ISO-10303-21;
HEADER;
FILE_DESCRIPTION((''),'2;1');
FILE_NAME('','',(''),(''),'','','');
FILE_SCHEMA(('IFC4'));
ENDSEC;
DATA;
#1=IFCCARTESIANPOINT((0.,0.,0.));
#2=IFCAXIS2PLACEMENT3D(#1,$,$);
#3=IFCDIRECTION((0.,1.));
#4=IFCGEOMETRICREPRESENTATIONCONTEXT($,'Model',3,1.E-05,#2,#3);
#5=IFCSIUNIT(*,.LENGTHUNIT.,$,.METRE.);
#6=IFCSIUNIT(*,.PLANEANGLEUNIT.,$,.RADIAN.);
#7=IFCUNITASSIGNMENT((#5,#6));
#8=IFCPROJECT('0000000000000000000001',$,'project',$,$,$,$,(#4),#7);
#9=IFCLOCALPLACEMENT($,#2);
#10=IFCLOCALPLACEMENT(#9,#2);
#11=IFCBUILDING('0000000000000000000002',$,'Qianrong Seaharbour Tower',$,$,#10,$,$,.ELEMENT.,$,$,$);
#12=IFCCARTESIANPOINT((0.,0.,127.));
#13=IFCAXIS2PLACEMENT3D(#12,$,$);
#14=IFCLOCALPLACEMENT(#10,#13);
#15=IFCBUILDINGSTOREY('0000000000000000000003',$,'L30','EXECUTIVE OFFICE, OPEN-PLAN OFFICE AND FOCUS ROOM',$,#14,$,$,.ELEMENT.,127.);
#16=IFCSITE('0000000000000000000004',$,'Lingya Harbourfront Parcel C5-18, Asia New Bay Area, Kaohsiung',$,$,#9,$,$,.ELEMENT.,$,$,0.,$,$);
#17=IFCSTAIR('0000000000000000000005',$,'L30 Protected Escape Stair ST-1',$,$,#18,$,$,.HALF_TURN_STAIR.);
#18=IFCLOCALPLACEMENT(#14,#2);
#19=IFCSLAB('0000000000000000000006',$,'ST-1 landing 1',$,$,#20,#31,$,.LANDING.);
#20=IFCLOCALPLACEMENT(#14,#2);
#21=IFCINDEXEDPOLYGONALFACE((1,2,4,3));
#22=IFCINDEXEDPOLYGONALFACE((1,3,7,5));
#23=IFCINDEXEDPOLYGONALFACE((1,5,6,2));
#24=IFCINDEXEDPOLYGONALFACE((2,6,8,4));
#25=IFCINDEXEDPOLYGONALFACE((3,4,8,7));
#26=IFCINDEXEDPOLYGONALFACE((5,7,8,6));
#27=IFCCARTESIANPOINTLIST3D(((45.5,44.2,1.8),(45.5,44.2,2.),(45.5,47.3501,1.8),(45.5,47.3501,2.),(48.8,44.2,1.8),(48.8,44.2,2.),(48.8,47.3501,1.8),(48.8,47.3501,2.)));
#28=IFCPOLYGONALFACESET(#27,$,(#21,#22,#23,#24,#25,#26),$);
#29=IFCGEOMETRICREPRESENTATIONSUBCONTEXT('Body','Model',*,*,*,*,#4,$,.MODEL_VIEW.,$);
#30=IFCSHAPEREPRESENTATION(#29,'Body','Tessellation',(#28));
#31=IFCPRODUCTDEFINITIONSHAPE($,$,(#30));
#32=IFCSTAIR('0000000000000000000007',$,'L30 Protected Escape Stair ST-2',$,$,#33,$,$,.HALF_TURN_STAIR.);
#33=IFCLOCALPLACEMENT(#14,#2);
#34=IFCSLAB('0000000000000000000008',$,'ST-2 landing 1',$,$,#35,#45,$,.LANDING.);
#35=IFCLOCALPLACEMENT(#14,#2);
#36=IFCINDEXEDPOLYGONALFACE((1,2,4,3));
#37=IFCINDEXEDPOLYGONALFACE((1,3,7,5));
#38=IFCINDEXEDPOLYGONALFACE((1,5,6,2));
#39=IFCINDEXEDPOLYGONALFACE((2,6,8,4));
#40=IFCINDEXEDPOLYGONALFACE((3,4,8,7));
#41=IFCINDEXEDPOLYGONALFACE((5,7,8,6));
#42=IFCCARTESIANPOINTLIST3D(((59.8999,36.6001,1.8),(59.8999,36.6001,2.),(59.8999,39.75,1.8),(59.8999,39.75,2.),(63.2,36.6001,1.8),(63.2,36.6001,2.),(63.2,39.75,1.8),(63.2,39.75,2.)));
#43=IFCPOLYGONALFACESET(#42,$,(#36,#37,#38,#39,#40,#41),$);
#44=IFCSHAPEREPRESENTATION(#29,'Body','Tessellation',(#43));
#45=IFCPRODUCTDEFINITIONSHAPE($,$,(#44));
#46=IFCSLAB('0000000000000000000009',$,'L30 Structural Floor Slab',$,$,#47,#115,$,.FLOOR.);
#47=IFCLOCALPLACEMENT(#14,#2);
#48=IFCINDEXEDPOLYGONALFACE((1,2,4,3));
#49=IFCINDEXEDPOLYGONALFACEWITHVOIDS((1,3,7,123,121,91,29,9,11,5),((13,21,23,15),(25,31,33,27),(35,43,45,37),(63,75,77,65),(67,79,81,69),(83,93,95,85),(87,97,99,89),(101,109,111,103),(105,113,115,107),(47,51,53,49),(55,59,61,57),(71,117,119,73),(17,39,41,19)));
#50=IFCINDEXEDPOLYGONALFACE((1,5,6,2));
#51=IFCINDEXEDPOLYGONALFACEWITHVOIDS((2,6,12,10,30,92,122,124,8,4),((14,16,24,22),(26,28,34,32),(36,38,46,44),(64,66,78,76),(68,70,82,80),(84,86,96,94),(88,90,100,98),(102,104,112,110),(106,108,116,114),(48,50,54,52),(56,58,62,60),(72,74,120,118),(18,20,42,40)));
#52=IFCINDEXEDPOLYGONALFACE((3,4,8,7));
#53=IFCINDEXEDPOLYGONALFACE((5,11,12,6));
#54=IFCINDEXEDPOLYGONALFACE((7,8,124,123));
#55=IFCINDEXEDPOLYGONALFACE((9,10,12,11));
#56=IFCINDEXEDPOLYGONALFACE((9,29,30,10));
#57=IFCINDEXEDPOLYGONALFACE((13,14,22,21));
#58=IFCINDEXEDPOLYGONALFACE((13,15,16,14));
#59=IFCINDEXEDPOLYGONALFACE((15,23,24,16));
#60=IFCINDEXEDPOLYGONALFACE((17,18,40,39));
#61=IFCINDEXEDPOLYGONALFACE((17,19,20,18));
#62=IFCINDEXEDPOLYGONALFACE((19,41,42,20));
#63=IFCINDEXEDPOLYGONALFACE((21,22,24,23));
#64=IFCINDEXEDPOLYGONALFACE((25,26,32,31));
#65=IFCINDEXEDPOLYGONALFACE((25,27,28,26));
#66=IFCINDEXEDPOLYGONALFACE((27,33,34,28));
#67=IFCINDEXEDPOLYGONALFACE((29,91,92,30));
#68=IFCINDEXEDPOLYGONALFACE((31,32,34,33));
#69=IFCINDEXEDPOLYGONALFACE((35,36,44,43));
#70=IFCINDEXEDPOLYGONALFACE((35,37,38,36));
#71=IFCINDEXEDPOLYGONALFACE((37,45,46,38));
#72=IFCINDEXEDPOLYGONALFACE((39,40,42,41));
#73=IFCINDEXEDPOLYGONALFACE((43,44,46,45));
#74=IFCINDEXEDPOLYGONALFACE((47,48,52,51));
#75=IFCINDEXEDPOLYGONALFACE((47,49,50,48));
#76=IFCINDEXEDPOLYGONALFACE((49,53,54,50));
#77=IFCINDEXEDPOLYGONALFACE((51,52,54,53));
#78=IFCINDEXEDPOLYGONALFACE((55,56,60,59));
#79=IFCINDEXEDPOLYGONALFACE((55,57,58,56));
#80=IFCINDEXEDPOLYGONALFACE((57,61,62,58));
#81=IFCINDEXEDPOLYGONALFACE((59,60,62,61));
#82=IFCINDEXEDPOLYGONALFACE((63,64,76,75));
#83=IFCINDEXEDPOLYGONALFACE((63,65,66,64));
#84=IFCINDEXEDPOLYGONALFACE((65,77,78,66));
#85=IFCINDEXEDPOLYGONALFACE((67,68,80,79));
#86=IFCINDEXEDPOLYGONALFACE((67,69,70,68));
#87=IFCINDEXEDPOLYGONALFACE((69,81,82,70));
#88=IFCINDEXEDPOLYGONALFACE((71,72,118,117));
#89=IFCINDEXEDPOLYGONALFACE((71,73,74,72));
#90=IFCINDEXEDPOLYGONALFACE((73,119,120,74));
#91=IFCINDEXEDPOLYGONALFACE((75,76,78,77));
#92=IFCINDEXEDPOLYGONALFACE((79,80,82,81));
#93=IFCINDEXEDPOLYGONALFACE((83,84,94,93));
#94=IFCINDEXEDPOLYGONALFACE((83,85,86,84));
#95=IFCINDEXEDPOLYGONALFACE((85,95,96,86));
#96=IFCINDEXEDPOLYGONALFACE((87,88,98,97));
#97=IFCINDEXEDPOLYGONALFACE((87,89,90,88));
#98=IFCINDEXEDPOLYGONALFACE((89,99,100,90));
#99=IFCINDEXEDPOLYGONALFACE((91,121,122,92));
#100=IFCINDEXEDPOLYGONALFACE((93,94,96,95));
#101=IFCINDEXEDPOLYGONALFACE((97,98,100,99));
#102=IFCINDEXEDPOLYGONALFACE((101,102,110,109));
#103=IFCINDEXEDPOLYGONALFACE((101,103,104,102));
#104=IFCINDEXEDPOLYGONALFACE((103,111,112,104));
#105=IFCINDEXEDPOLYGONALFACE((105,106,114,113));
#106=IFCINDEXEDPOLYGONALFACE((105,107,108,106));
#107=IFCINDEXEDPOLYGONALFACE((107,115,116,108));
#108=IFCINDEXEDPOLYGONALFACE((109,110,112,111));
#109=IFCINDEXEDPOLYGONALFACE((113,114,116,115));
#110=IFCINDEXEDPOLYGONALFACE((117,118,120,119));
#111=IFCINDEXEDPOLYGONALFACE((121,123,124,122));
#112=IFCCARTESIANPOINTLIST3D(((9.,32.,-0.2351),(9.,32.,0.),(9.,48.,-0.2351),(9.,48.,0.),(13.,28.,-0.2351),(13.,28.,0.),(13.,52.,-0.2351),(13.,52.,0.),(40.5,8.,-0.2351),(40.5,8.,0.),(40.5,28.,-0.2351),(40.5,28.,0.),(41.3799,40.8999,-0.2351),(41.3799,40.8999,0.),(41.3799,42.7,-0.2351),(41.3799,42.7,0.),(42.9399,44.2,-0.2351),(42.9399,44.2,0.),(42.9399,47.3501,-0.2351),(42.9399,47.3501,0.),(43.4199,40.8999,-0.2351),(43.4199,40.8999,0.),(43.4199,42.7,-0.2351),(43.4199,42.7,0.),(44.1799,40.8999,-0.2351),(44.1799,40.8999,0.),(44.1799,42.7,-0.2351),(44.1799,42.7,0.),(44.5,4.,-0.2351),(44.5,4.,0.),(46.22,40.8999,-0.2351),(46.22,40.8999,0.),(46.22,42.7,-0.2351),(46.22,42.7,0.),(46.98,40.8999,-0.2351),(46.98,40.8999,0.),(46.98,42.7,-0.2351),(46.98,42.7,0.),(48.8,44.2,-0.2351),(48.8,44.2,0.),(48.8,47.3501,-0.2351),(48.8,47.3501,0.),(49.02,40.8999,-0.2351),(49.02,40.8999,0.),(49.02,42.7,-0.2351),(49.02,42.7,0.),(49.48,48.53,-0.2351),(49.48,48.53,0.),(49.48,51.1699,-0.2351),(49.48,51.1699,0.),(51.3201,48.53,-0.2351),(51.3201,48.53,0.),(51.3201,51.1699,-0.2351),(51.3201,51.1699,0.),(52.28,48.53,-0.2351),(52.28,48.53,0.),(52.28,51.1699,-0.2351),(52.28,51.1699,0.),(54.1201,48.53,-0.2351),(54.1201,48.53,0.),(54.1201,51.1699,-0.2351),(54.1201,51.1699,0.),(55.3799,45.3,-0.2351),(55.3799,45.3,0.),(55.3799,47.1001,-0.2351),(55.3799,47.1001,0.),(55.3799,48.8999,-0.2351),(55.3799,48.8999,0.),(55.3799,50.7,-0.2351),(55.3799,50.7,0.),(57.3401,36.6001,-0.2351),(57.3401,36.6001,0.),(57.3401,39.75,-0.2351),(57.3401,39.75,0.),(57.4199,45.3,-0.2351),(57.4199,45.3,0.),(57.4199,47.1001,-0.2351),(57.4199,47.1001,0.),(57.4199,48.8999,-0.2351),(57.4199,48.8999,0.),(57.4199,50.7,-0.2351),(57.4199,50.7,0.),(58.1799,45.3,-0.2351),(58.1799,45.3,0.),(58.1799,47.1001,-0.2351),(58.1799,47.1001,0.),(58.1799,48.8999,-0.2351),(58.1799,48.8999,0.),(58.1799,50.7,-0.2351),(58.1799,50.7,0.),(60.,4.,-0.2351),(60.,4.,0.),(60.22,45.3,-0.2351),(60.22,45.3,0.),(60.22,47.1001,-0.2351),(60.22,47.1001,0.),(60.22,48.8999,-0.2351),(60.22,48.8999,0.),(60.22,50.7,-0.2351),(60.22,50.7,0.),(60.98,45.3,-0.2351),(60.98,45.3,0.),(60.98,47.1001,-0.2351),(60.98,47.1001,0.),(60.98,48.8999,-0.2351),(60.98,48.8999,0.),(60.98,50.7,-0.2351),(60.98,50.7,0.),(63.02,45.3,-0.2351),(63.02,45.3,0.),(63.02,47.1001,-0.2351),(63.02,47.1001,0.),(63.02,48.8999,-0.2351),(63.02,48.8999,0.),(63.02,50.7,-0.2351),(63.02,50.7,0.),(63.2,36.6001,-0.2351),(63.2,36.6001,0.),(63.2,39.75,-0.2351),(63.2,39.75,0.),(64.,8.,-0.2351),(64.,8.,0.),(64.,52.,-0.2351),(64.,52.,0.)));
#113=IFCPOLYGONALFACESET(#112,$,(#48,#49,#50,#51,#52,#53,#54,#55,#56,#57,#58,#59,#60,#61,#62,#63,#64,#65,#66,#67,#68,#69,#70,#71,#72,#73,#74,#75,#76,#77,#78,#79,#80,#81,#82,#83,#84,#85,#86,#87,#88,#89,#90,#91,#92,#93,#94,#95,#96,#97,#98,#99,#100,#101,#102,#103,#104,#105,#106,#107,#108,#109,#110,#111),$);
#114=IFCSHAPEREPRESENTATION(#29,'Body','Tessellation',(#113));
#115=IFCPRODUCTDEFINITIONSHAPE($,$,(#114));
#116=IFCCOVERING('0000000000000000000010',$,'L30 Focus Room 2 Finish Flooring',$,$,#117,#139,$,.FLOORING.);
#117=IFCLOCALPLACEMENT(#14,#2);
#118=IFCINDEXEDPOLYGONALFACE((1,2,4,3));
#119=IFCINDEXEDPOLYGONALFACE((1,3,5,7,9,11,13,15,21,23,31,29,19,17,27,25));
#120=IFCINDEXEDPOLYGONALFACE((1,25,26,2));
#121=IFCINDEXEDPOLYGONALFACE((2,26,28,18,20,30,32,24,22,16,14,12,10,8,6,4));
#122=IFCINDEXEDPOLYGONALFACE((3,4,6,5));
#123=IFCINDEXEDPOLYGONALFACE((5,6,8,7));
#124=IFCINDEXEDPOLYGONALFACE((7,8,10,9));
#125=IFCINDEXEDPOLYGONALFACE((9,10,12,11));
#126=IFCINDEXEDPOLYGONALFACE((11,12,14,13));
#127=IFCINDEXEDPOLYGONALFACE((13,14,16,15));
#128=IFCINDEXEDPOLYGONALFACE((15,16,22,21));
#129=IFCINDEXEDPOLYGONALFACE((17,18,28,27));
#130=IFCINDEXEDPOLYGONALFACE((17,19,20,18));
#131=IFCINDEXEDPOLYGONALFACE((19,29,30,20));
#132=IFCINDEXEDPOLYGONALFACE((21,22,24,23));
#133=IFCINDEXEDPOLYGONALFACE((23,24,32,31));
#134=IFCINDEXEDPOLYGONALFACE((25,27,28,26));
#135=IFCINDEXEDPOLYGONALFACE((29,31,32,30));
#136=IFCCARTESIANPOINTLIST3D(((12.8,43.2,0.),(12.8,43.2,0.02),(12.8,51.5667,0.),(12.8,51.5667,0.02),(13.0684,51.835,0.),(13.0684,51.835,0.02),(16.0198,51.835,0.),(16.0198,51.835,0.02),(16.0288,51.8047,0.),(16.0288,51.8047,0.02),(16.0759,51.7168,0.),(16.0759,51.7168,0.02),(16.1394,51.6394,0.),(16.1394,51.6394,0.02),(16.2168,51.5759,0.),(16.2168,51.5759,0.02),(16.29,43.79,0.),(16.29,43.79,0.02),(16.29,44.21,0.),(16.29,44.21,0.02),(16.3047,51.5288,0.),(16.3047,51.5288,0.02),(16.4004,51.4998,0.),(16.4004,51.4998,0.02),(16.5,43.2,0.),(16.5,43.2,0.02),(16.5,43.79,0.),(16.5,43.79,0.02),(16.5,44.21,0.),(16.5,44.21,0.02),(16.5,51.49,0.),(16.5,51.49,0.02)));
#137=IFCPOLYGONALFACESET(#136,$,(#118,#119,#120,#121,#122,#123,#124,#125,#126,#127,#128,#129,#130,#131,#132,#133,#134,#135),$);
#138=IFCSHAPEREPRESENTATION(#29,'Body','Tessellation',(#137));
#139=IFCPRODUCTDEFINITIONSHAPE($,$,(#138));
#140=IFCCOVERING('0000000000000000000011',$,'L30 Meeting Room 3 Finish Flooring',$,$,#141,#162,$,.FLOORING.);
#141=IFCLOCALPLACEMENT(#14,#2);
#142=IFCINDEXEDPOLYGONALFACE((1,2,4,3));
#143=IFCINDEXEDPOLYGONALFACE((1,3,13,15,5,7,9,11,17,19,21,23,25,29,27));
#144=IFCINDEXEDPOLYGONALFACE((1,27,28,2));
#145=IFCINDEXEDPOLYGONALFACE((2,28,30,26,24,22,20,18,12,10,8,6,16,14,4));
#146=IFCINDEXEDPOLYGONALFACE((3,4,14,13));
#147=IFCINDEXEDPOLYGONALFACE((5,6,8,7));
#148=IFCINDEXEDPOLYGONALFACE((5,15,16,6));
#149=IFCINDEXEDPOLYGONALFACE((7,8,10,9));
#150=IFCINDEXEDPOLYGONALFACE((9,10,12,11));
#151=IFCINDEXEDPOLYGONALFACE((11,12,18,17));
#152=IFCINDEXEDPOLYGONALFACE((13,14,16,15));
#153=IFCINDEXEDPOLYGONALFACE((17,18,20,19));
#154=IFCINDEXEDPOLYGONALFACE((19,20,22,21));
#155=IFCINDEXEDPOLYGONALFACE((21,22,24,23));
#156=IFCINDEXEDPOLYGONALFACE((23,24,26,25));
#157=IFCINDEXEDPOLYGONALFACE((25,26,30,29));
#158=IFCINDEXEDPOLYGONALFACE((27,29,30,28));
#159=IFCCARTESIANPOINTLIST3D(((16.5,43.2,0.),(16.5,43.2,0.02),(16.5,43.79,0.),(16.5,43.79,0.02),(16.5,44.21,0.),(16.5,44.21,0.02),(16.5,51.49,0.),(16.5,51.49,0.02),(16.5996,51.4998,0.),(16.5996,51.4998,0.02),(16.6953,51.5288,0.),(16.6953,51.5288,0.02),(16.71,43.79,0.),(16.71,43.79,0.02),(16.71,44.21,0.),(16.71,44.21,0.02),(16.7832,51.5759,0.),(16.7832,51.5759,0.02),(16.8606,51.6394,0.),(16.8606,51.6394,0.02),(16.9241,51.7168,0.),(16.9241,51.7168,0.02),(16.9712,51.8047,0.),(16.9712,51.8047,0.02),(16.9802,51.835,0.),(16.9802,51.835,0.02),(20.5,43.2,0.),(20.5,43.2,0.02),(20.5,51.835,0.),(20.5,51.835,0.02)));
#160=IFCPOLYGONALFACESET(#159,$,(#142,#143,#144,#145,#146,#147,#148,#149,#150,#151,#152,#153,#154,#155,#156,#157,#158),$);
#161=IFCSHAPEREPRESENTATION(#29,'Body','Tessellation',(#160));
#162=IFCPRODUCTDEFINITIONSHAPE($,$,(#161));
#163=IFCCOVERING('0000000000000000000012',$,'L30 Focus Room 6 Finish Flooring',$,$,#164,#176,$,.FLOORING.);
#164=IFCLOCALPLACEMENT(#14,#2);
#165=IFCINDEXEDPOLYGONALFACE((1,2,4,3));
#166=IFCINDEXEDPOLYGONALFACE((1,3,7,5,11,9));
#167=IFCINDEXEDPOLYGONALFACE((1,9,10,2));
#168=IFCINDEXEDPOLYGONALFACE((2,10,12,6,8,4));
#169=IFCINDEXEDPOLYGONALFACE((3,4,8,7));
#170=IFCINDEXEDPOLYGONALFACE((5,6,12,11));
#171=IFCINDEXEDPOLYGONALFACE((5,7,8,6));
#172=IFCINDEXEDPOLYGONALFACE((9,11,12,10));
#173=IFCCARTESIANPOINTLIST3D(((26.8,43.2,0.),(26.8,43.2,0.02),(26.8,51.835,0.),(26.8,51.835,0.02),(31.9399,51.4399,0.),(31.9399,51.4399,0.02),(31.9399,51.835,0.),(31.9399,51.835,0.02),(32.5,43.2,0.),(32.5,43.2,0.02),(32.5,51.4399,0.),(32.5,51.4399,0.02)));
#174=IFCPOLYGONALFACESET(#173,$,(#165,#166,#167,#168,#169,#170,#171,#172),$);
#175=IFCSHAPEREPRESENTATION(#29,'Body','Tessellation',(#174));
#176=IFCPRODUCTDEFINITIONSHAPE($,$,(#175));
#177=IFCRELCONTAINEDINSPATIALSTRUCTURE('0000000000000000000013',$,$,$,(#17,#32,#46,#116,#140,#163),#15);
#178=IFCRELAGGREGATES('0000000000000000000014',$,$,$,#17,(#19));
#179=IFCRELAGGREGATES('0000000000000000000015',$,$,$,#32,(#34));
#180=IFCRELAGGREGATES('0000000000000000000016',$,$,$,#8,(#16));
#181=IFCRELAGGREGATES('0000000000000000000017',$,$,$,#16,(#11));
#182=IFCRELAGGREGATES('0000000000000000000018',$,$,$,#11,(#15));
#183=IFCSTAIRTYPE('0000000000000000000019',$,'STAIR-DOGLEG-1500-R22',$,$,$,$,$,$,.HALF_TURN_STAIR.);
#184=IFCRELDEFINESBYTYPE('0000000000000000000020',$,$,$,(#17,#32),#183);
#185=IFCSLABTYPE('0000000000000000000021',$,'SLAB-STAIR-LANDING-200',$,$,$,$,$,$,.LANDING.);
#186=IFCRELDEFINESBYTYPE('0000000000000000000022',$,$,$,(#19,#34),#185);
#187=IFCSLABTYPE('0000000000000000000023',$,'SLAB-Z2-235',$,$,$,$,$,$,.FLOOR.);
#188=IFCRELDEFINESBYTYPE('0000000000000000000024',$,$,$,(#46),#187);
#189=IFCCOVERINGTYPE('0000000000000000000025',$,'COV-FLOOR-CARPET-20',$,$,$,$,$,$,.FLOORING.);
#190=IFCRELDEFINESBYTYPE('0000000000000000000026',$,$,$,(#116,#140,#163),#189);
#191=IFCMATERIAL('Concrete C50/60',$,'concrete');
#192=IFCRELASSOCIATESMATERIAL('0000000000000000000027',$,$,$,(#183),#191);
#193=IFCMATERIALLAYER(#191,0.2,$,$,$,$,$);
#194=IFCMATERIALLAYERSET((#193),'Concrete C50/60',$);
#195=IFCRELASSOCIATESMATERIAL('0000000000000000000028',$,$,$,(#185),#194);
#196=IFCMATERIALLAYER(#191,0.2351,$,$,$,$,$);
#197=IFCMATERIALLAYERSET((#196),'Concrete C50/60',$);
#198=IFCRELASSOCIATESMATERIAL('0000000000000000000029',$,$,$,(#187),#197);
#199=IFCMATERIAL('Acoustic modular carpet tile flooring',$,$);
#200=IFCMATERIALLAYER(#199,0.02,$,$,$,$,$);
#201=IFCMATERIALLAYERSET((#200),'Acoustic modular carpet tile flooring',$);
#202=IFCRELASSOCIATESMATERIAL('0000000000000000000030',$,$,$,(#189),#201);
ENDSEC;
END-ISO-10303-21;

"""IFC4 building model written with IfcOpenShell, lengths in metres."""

from ifc_helpers import new_model, si_unit, direction, frame, origin, place, context, subcontext, project, spatial, polyline, outline, extrude, material, layer, layer_set, type_object, element, aggregate, save


model = new_model("IFC4")

# Units and contexts
model_context = context("Model", 3, precision=1e-05, world=origin(), true_north=direction((0.0, 1.0)))
body_context = subcontext(model_context, "Body", "Model", "MODEL_VIEW")
ifc_project = project(units=[si_unit("LENGTHUNIT", "METRE"), si_unit("PLANEANGLEUNIT", "RADIAN")], contexts=[model_context])

# Site, building, storey
site_placement = place(None, origin())
site = spatial("IfcSite", under=ifc_project, at=site_placement, Name="Lingya Harbourfront Parcel C5-18, Asia New Bay Area, Kaohsiung", CompositionType="ELEMENT", RefElevation=0.0)
building_placement = place(site_placement, origin())
building = spatial("IfcBuilding", under=site, at=building_placement, Name="Qianrong Seaharbour Tower", CompositionType="ELEMENT")
storey_placement = place(building_placement, frame((0.0, 0.0, 127.0)))
storey = spatial("IfcBuildingStorey", under=building, at=storey_placement, Name="L30", Description="EXECUTIVE OFFICE, OPEN-PLAN OFFICE AND FOCUS ROOM", CompositionType="ELEMENT", Elevation=127.0)

# Stairs, slabs
ifc_material_1 = material(Name="Concrete C50/60", Category="concrete")
stair_type = type_object("IfcStairType", Name="STAIR-DOGLEG-1500-R22", PredefinedType="HALF_TURN_STAIR", material=ifc_material_1)
stair_1_placement = place(storey_placement, origin())
stair_1 = element("IfcStair", 1, at=stair_1_placement, inside=storey, type_object=stair_type, Name="L30 Protected Escape Stair ST-1", PredefinedType="HALF_TURN_STAIR")
ifc_layer_1 = layer(ifc_material_1, 0.2)
ifc_layer_set_1 = layer_set([ifc_layer_1], Name="Concrete C50/60")
slab_type_1 = type_object("IfcSlabType", Name="SLAB-STAIR-LANDING-200", PredefinedType="LANDING", material=ifc_layer_set_1)
slab_1_placement = place(storey_placement, frame((0.0, 0.0, 1.8)))
slab_1 = element("IfcSlab", 2, at=slab_1_placement, type_object=slab_type_1, Name="ST-1 landing 1", PredefinedType="LANDING", context=body_context, shape_type="SweptSolid", body=[
    extrude(outline(polyline([(45.5, 44.2), (48.8, 44.2), (48.8, 47.3501), (45.5, 47.3501), (45.5, 44.2)])), origin(), (0.0, 0.0, 1.0), 0.2),
])
aggregate(stair_1, [slab_1])
stair_2_placement = place(storey_placement, origin())
stair_2 = element("IfcStair", 3, at=stair_2_placement, inside=storey, type_object=stair_type, Name="L30 Protected Escape Stair ST-2", PredefinedType="HALF_TURN_STAIR")
slab_2_placement = place(storey_placement, frame((0.0, 0.0, 1.8)))
slab_2 = element("IfcSlab", 4, at=slab_2_placement, type_object=slab_type_1, Name="ST-2 landing 1", PredefinedType="LANDING", context=body_context, shape_type="SweptSolid", body=[
    extrude(outline(polyline([(59.8999, 36.6001), (63.2, 36.6001), (63.2, 39.75), (59.8999, 39.75), (59.8999, 36.6001)])), origin(), (0.0, 0.0, 1.0), 0.2),
])
aggregate(stair_2, [slab_2])

# Slab
ifc_layer_2 = layer(ifc_material_1, 0.2351)
ifc_layer_set_2 = layer_set([ifc_layer_2], Name="Concrete C50/60")
slab_type_2 = type_object("IfcSlabType", Name="SLAB-Z2-235", PredefinedType="FLOOR", material=ifc_layer_set_2)
slab_3_placement = place(storey_placement, frame((0.0, 0.0, -0.2351)))
element("IfcSlab", 5, at=slab_3_placement, inside=storey, type_object=slab_type_2, Name="L30 Structural Floor Slab", PredefinedType="FLOOR", context=body_context, shape_type="SweptSolid", body=[
    extrude(outline(polyline([(44.5, 4.0), (60.0, 4.0), (64.0, 8.0), (64.0, 52.0), (13.0, 52.0), (9.0, 48.0), (9.0, 32.0), (13.0, 28.0), (40.5, 28.0), (40.5, 8.0), (44.5, 4.0)]), holes=[polyline([(42.9399, 44.2), (42.9399, 47.3501), (48.8, 47.3501), (48.8, 44.2), (42.9399, 44.2)]), polyline([(57.3401, 36.6001), (57.3401, 39.75), (63.2, 39.75), (63.2, 36.6001), (57.3401, 36.6001)]), polyline([(49.48, 48.53), (49.48, 51.1699), (51.3201, 51.1699), (51.3201, 48.53), (49.48, 48.53)]), polyline([(52.28, 48.53), (52.28, 51.1699), (54.1201, 51.1699), (54.1201, 48.53), (52.28, 48.53)]), polyline([(41.3799, 40.8999), (41.3799, 42.7), (43.4199, 42.7), (43.4199, 40.8999), (41.3799, 40.8999)]), polyline([(44.1799, 40.8999), (44.1799, 42.7), (46.22, 42.7), (46.22, 40.8999), (44.1799, 40.8999)]), polyline([(46.98, 40.8999), (46.98, 42.7), (49.02, 42.7), (49.02, 40.8999), (46.98, 40.8999)]), polyline([(55.3799, 45.3), (55.3799, 47.1001), (57.4199, 47.1001), (57.4199, 45.3), (55.3799, 45.3)]), polyline([(58.1799, 45.3), (58.1799, 47.1001), (60.22, 47.1001), (60.22, 45.3), (58.1799, 45.3)]), polyline([(60.98, 45.3), (60.98, 47.1001), (63.02, 47.1001), (63.02, 45.3), (60.98, 45.3)]), polyline([(55.3799, 48.8999), (55.3799, 50.7), (57.4199, 50.7), (57.4199, 48.8999), (55.3799, 48.8999)]), polyline([(58.1799, 48.8999), (58.1799, 50.7), (60.22, 50.7), (60.22, 48.8999), (58.1799, 48.8999)]), polyline([(60.98, 48.8999), (60.98, 50.7), (63.02, 50.7), (63.02, 48.8999), (60.98, 48.8999)])]), origin(), (0.0, 0.0, 1.0), 0.2351),
])

# Coverings
ifc_material_2 = material(Name="Acoustic modular carpet tile flooring")
ifc_layer_3 = layer(ifc_material_2, 0.02)
ifc_layer_set_3 = layer_set([ifc_layer_3], Name="Acoustic modular carpet tile flooring")
covering_type_1 = type_object("IfcCoveringType", Name="COV-FLOOR-CARPET-20", PredefinedType="FLOORING", material=ifc_layer_set_3)
covering_1_placement = place(storey_placement, origin())
element("IfcCovering", 6, at=covering_1_placement, inside=storey, type_object=covering_type_1, Name="L30 Focus Room 2 Finish Flooring", PredefinedType="FLOORING", context=body_context, shape_type="SweptSolid", body=[
    extrude(outline(polyline([(12.8, 51.5667), (13.0684, 51.835), (16.0198, 51.835), (16.0288, 51.8047), (16.0759, 51.7168), (16.1394, 51.6394), (16.2168, 51.5759), (16.3047, 51.5288), (16.4004, 51.4998), (16.5, 51.49), (16.5, 44.21), (16.29, 44.21), (16.29, 43.79), (16.5, 43.79), (16.5, 43.2), (12.8, 43.2), (12.8, 51.5667)])), origin(), (0.0, 0.0, 1.0), 0.02),
])
covering_2_placement = place(storey_placement, origin())
element("IfcCovering", 7, at=covering_2_placement, inside=storey, type_object=covering_type_1, Name="L30 Meeting Room 3 Finish Flooring", PredefinedType="FLOORING", context=body_context, shape_type="SweptSolid", body=[
    extrude(outline(polyline([(16.5, 43.79), (16.71, 43.79), (16.71, 44.21), (16.5, 44.21), (16.5, 51.49), (16.5996, 51.4998), (16.6953, 51.5288), (16.7832, 51.5759), (16.8606, 51.6394), (16.9241, 51.7168), (16.9712, 51.8047), (16.9802, 51.835), (20.5, 51.835), (20.5, 43.2), (16.5, 43.2), (16.5, 43.79)])), origin(), (0.0, 0.0, 1.0), 0.02),
])
covering_3_placement = place(storey_placement, origin())
element("IfcCovering", 8, at=covering_3_placement, inside=storey, type_object=covering_type_1, Name="L30 Focus Room 6 Finish Flooring", PredefinedType="FLOORING", context=body_context, shape_type="SweptSolid", body=[
    extrude(outline(polyline([(26.8, 51.835), (31.9399, 51.835), (31.9399, 51.4399), (32.5, 51.4399), (32.5, 43.2), (26.8, 43.2), (26.8, 51.835)])), origin(), (0.0, 0.0, 1.0), 0.02),
])

save(model, "model.ifc")
